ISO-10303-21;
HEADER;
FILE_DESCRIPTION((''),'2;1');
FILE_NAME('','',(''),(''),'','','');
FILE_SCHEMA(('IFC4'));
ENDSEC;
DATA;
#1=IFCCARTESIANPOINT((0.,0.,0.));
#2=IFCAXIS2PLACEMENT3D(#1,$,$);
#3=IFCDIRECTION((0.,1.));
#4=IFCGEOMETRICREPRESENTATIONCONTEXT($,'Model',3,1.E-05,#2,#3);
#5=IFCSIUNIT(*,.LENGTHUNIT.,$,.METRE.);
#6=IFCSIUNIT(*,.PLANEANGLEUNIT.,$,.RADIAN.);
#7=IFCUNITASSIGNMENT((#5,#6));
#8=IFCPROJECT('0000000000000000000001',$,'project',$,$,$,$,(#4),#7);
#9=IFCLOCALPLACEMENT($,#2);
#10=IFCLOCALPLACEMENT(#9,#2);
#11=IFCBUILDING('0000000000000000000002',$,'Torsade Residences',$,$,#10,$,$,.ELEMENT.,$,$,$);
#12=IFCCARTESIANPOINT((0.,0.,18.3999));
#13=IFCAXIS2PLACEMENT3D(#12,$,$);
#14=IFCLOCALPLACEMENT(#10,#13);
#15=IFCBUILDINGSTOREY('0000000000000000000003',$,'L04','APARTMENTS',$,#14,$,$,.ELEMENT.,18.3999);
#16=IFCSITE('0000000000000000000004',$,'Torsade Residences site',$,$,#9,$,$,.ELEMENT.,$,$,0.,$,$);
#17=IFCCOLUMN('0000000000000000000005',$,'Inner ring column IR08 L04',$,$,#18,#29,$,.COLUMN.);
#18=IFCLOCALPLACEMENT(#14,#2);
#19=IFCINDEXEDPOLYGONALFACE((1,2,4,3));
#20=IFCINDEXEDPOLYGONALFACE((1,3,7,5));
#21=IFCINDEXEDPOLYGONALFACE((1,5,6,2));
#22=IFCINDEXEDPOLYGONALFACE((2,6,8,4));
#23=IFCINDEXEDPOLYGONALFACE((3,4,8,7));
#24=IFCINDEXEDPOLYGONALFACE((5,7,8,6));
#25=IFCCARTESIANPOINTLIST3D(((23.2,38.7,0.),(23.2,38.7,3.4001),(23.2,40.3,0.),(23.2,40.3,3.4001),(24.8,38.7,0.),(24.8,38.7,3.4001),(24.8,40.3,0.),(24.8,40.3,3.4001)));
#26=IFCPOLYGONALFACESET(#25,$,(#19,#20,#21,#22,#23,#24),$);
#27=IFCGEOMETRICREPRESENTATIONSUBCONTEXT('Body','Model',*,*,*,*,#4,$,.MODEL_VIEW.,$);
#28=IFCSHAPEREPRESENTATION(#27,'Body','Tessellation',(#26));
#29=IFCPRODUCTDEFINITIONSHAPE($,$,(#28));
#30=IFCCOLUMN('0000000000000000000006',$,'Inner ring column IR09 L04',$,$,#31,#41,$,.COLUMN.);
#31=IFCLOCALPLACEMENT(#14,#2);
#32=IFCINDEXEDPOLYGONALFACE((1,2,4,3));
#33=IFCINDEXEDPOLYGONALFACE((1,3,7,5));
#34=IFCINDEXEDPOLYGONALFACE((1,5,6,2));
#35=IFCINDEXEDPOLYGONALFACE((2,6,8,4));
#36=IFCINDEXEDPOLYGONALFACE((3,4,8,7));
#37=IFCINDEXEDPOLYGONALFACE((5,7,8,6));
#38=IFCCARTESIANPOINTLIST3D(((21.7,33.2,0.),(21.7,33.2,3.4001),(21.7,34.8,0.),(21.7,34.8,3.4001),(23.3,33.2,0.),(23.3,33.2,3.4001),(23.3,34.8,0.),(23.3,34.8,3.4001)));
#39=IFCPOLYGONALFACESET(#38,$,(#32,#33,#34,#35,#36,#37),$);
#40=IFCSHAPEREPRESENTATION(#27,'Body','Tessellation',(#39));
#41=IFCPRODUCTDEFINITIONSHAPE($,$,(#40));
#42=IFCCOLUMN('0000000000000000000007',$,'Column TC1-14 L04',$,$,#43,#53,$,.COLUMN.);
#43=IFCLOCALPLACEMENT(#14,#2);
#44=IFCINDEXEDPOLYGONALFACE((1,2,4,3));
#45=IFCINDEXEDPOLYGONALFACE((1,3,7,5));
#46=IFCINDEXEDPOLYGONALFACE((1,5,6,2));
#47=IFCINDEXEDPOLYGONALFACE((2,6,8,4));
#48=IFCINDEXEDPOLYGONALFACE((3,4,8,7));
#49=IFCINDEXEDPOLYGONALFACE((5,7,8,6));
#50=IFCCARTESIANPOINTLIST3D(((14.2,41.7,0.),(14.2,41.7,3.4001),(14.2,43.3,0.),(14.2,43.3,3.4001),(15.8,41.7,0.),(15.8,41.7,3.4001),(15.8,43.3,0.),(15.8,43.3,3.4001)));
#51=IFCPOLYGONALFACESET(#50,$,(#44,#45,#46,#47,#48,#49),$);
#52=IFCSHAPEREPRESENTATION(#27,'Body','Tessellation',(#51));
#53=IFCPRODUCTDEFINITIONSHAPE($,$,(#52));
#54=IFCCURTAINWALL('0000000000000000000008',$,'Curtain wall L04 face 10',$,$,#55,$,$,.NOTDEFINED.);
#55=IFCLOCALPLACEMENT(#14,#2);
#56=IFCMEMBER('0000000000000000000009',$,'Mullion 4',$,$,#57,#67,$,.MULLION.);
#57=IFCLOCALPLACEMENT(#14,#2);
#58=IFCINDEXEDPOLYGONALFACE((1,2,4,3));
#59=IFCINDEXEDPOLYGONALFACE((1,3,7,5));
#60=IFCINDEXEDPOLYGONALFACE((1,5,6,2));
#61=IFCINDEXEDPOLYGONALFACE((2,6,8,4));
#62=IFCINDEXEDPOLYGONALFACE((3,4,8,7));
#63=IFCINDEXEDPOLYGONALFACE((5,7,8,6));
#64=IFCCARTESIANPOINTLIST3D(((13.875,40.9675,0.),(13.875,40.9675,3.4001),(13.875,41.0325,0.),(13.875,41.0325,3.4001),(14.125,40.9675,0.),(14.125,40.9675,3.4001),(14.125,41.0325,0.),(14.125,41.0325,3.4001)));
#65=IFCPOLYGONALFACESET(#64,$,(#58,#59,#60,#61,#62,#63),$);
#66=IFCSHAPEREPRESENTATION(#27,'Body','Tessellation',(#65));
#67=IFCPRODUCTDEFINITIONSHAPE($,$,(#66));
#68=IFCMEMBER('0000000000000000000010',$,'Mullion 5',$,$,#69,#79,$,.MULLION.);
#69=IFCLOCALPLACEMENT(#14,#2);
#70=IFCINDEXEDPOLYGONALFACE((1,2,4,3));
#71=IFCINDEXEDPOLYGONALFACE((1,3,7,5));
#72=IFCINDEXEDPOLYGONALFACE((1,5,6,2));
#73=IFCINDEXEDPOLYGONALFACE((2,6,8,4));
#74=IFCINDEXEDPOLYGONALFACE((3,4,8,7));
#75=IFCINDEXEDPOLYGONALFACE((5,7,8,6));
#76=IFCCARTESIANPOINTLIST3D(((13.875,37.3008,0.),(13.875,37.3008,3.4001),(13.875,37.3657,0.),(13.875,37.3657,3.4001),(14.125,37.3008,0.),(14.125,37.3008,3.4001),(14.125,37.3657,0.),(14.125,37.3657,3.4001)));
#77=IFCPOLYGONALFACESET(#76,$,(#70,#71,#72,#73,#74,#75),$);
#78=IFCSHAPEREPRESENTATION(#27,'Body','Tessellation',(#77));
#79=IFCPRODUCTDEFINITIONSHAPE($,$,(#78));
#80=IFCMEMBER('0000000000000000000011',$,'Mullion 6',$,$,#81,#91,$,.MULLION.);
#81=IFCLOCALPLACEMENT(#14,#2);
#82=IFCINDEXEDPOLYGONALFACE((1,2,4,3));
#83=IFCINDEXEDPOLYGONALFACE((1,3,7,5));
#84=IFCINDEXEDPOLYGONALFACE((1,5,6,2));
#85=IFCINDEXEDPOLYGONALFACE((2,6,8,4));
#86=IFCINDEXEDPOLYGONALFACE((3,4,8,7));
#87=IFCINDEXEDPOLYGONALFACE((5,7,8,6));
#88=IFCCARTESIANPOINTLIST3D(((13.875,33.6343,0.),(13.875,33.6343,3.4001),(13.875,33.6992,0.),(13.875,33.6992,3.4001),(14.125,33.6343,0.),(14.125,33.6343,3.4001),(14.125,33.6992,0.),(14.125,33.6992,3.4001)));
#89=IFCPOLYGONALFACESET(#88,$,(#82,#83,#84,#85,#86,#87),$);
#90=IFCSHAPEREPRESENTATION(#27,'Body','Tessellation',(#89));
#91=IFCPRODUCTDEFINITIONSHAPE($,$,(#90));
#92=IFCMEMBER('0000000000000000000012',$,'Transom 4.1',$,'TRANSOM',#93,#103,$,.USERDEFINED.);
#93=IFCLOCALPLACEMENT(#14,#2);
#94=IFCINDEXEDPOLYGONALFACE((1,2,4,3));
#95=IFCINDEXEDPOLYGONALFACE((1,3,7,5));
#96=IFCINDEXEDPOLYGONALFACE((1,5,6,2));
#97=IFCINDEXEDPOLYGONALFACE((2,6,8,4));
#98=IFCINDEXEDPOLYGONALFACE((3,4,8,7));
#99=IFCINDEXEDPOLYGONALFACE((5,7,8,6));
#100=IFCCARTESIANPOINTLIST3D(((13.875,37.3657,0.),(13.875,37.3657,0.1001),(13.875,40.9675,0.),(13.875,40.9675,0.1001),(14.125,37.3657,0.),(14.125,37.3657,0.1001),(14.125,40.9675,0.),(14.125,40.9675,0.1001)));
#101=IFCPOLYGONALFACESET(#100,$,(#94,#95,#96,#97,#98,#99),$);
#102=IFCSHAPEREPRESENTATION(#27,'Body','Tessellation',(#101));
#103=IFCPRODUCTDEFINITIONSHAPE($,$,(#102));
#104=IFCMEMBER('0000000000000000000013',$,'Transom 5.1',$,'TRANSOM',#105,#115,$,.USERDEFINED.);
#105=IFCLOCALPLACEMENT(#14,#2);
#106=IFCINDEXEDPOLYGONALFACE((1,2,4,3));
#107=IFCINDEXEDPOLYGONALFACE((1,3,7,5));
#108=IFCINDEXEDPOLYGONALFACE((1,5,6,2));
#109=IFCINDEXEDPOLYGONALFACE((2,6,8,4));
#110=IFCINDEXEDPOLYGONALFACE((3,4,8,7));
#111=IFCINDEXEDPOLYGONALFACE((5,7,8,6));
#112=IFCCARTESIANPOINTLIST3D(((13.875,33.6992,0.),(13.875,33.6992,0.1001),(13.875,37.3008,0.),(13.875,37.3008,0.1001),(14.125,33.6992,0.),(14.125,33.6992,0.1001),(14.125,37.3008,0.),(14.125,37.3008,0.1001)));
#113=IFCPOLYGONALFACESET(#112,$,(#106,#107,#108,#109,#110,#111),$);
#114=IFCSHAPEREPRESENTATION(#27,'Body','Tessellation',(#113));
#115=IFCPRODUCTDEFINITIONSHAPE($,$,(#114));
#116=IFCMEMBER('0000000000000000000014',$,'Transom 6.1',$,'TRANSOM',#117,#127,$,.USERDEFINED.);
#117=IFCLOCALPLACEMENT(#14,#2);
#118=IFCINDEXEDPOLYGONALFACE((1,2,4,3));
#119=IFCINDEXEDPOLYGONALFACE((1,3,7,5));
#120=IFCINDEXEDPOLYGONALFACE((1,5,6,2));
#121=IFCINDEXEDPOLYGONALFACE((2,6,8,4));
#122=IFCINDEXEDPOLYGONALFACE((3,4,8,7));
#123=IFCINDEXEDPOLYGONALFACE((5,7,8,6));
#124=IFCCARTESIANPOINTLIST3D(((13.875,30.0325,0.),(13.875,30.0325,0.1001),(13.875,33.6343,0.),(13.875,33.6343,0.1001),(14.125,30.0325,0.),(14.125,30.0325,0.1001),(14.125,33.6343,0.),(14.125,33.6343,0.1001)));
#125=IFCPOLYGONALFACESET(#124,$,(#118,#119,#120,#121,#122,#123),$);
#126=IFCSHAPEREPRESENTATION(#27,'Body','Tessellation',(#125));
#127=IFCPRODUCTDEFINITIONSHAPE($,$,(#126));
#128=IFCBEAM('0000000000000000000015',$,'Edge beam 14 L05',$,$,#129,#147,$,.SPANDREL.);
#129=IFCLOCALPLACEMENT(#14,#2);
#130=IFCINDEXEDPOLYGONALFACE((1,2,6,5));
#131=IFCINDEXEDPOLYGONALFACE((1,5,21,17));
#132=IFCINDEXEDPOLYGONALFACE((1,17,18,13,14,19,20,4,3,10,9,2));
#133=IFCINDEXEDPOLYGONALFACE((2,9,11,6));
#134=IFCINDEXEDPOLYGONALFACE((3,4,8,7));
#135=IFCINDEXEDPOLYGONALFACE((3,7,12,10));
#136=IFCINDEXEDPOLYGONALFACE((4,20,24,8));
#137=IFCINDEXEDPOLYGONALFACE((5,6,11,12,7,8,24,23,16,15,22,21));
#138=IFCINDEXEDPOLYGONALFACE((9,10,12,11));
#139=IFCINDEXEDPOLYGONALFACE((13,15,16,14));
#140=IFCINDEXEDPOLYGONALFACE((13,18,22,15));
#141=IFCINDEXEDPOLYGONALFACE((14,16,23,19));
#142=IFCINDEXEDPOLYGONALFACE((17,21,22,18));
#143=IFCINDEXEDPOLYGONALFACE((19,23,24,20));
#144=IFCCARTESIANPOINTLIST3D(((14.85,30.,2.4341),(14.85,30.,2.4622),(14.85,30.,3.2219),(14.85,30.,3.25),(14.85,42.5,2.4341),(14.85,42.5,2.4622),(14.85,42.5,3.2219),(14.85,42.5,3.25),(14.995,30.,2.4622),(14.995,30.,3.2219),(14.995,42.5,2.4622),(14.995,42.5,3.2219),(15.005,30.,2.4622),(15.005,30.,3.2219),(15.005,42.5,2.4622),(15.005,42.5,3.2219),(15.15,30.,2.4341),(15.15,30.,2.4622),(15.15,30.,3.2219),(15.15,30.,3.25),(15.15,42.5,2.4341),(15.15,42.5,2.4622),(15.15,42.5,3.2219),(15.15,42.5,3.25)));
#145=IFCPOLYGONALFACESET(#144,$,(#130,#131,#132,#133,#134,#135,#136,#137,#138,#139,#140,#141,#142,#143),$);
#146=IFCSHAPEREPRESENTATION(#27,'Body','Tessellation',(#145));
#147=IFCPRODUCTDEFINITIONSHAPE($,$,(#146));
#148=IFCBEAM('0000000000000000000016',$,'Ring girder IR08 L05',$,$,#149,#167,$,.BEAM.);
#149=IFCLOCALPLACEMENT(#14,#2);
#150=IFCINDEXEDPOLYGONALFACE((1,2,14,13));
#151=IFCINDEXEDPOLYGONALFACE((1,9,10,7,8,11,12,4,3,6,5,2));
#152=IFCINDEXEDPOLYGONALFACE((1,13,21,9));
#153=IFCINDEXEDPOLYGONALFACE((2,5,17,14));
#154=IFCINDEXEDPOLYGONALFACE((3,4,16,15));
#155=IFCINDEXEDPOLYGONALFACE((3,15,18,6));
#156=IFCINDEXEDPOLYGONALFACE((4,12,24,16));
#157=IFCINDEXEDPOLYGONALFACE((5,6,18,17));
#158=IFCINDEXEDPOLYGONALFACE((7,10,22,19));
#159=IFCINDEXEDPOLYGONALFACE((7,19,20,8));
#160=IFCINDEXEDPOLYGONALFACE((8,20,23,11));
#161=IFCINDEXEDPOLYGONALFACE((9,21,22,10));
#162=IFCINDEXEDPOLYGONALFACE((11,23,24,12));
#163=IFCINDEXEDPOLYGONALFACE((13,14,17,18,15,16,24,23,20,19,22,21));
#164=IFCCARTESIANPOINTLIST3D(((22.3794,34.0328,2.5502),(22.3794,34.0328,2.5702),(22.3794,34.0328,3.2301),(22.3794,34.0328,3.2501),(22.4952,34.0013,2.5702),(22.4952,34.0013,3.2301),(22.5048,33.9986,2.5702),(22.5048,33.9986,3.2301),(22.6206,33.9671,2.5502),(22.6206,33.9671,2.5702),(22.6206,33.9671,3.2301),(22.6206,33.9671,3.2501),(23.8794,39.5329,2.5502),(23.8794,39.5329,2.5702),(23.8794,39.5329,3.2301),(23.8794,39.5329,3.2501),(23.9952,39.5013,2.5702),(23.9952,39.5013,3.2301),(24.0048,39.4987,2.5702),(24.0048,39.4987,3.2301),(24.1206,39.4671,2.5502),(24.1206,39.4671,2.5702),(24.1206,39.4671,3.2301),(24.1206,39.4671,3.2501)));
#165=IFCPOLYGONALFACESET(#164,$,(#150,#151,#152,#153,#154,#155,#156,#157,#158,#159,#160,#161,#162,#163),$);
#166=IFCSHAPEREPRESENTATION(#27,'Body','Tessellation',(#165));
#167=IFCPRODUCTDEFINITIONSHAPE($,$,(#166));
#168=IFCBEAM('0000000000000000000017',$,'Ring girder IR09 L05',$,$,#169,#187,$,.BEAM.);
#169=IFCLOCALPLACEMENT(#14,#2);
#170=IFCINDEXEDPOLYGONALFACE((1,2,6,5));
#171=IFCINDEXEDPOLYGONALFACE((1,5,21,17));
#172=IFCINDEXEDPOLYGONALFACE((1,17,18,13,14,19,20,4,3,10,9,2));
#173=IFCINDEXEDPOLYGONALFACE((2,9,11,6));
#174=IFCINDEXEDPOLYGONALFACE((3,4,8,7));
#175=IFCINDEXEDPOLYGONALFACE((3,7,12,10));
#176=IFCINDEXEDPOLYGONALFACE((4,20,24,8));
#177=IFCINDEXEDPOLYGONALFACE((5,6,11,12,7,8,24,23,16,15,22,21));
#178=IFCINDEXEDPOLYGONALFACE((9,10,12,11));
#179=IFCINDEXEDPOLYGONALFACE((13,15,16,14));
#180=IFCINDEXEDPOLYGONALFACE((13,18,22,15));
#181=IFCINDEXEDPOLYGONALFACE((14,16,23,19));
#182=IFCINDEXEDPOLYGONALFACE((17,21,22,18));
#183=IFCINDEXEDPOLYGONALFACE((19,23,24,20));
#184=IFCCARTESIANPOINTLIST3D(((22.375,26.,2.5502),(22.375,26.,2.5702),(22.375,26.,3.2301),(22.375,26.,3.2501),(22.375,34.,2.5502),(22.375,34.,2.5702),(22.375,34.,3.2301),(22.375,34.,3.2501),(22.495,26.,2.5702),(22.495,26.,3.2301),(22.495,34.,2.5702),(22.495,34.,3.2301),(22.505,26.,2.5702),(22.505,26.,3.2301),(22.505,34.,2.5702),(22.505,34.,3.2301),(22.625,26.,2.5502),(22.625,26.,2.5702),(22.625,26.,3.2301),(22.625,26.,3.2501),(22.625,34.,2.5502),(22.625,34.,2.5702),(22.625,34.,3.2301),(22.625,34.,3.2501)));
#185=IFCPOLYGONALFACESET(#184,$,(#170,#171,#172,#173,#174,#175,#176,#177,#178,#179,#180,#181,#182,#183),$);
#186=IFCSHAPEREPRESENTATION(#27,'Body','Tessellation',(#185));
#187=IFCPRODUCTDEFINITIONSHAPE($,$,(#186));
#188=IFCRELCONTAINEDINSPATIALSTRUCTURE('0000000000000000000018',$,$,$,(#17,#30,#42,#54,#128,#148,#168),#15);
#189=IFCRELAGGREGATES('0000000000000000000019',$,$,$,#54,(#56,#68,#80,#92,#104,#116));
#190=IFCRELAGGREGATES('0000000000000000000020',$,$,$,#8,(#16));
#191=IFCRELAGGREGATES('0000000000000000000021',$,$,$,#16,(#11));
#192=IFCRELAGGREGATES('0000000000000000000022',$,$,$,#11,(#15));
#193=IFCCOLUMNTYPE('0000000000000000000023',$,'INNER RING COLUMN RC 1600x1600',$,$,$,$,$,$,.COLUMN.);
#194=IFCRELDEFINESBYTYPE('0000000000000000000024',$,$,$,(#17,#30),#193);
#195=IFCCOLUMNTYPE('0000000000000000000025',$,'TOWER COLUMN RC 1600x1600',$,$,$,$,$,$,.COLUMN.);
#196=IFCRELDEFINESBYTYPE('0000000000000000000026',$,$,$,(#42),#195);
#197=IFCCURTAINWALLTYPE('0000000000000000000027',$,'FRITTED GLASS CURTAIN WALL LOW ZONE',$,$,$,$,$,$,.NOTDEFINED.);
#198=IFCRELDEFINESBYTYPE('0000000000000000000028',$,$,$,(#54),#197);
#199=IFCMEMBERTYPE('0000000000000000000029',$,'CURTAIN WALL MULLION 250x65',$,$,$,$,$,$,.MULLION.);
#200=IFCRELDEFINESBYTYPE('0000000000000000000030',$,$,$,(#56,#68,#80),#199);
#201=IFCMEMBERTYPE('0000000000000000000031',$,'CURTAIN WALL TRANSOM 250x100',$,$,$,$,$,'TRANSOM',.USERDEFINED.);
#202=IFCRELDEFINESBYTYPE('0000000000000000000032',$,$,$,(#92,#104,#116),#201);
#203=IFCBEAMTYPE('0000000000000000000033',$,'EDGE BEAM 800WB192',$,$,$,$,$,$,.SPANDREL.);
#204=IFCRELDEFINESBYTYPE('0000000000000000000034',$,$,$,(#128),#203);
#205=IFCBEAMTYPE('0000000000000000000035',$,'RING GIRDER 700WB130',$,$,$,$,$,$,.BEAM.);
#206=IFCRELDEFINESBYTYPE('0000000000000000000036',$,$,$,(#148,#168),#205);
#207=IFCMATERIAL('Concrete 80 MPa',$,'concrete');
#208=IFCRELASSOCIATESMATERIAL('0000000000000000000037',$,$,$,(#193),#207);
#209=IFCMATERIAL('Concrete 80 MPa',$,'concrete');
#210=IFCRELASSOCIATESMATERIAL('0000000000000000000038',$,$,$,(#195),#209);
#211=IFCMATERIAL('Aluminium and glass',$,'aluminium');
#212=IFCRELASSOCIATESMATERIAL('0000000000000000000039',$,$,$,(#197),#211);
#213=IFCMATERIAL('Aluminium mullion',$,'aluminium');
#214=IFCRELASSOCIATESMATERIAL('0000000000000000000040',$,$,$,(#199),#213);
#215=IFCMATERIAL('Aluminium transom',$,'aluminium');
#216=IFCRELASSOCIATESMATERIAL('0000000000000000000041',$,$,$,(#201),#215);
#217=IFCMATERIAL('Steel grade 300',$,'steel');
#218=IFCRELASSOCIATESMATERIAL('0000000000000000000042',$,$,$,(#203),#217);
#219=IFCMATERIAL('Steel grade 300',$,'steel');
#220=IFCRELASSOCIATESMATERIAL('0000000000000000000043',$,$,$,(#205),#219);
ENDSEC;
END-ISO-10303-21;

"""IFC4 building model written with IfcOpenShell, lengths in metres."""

from ifc_helpers import new_model, si_unit, direction, frame, origin, origin_2d, place, context, subcontext, project, spatial, rectangle, i_section, extrude, material, material_profile, profile_set, type_object, element, aggregate, save


model = new_model("IFC4")

# Units and contexts
model_context = context("Model", 3, precision=1e-05, world=origin(), true_north=direction((0.0, 1.0)))
body_context = subcontext(model_context, "Body", "Model", "MODEL_VIEW")
ifc_project = project(units=[si_unit("LENGTHUNIT", "METRE"), si_unit("PLANEANGLEUNIT", "RADIAN")], contexts=[model_context])

# Site, building, storey
site_placement = place(None, origin())
site = spatial("IfcSite", under=ifc_project, at=site_placement, Name="Torsade Residences site", CompositionType="ELEMENT", RefElevation=0.0)
building_placement = place(site_placement, origin())
building = spatial("IfcBuilding", under=site, at=building_placement, Name="Torsade Residences", CompositionType="ELEMENT")
storey_placement = place(building_placement, frame((0.0, 0.0, 18.3999)))
storey = spatial("IfcBuildingStorey", under=building, at=storey_placement, Name="L04", Description="APARTMENTS", CompositionType="ELEMENT", Elevation=18.3999)

# Columns
ifc_material_1 = material(Name="Concrete 80 MPa", Category="concrete")
ifc_material_profile_1 = material_profile(ifc_material_1, rectangle(XDim=1.6001, YDim=1.6001, at=origin_2d()), Name="RC 1600x1600")
ifc_profile_set_1 = profile_set([ifc_material_profile_1], Name="Concrete 80 MPa")
column_type_1 = type_object("IfcColumnType", Name="INNER RING COLUMN RC 1600x1600", PredefinedType="COLUMN", material=ifc_profile_set_1)
for number, where, z_axis, x_axis, name in (
    (1, (24.0, 39.5, 0.0), (0.0, 0.0, 1.0), (1.0, 0.0, 0.0), "Inner ring column IR08 L04"),
    (2, (22.5, 34.0, 0.0), (0.0, 0.0, 1.0), (1.0, 0.0, 0.0), "Inner ring column IR09 L04"),
):
    element("IfcColumn", number, at=place(storey_placement, frame(where, z_axis=z_axis, x_axis=x_axis)), inside=storey, type_object=column_type_1, Name=name, PredefinedType="COLUMN", context=body_context, shape_type="SweptSolid", body=[
        extrude(rectangle(XDim=1.6001, YDim=1.6001, at=origin_2d()), origin(), (0.0, 0.0, 1.0), 3.4001),
    ])
ifc_material_2 = material(Name="Concrete 80 MPa", Category="concrete")
ifc_material_profile_2 = material_profile(ifc_material_2, rectangle(XDim=1.6001, YDim=1.6001, at=origin_2d()), Name="RC 1600x1600")
ifc_profile_set_2 = profile_set([ifc_material_profile_2], Name="Concrete 80 MPa")
column_type_2 = type_object("IfcColumnType", Name="TOWER COLUMN RC 1600x1600", PredefinedType="COLUMN", material=ifc_profile_set_2)
column_placement = place(storey_placement, frame((15.0, 42.5, 0.0), z_axis=(0.0, 0.0, 1.0), x_axis=(1.0, 0.0, 0.0)))
element("IfcColumn", 3, at=column_placement, inside=storey, type_object=column_type_2, Name="Column TC1-14 L04", PredefinedType="COLUMN", context=body_context, shape_type="SweptSolid", body=[
    extrude(rectangle(XDim=1.6001, YDim=1.6001, at=origin_2d()), origin(), (0.0, 0.0, 1.0), 3.4001),
])

# Curtain wall, members
ifc_material_3 = material(Name="Aluminium and glass", Category="aluminium")
curtain_wall_type = type_object("IfcCurtainWallType", Name="FRITTED GLASS CURTAIN WALL LOW ZONE", PredefinedType="NOTDEFINED", material=ifc_material_3)
curtain_wall_placement = place(storey_placement, origin())
curtain_wall = element("IfcCurtainWall", 4, at=curtain_wall_placement, inside=storey, type_object=curtain_wall_type, Name="Curtain wall L04 face 10", PredefinedType="NOTDEFINED")
ifc_material_4 = material(Name="Aluminium mullion", Category="aluminium")
ifc_material_profile_3 = material_profile(ifc_material_4, rectangle(XDim=0.25, YDim=0.0649, at=origin_2d()), Name="CURTAIN WALL MULLION 250x65")
ifc_profile_set_3 = profile_set([ifc_material_profile_3], Name="Aluminium mullion")
member_type_1 = type_object("IfcMemberType", Name="CURTAIN WALL MULLION 250x65", PredefinedType="MULLION", material=ifc_profile_set_3)
member_1_placement = place(storey_placement, frame((14.0, 41.0, 0.0), z_axis=(0.0, 0.0, 1.0), x_axis=(1.0, 0.0, 0.0)))
member_1 = element("IfcMember", 5, at=member_1_placement, type_object=member_type_1, Name="Mullion 4", PredefinedType="MULLION", context=body_context, shape_type="SweptSolid", body=[
    extrude(rectangle(XDim=0.25, YDim=0.0649, at=origin_2d()), origin(), (0.0, 0.0, 1.0), 3.4001),
])
member_2_placement = place(storey_placement, frame((14.0, 37.3333, 0.0), z_axis=(0.0, 0.0, 1.0), x_axis=(1.0, 0.0, 0.0)))
member_2 = element("IfcMember", 6, at=member_2_placement, type_object=member_type_1, Name="Mullion 5", PredefinedType="MULLION", context=body_context, shape_type="SweptSolid", body=[
    extrude(rectangle(XDim=0.25, YDim=0.0649, at=origin_2d()), origin(), (0.0, 0.0, 1.0), 3.4001),
])
member_3_placement = place(storey_placement, frame((14.0, 33.6667, 0.0), z_axis=(0.0, 0.0, 1.0), x_axis=(1.0, 0.0, 0.0)))
member_3 = element("IfcMember", 7, at=member_3_placement, type_object=member_type_1, Name="Mullion 6", PredefinedType="MULLION", context=body_context, shape_type="SweptSolid", body=[
    extrude(rectangle(XDim=0.25, YDim=0.0649, at=origin_2d()), origin(), (0.0, 0.0, 1.0), 3.4001),
])
ifc_material_5 = material(Name="Aluminium transom", Category="aluminium")
ifc_material_profile_4 = material_profile(ifc_material_5, rectangle(XDim=0.25, YDim=0.1001, at=origin_2d()), Name="CURTAIN WALL TRANSOM 250x100")
ifc_profile_set_4 = profile_set([ifc_material_profile_4], Name="Aluminium transom")
member_type_2 = type_object("IfcMemberType", Name="CURTAIN WALL TRANSOM 250x100", ElementType="TRANSOM", PredefinedType="USERDEFINED", material=ifc_profile_set_4)
member_4_placement = place(storey_placement, frame((14.0, 40.9675, 0.05), z_axis=(0.0, -1.0, 0.0), x_axis=(1.0, 0.0, 0.0)))
member_4 = element("IfcMember", 8, at=member_4_placement, type_object=member_type_2, Name="Transom 4.1", ObjectType="TRANSOM", PredefinedType="USERDEFINED", context=body_context, shape_type="SweptSolid", body=[
    extrude(rectangle(XDim=0.25, YDim=0.1001, at=origin_2d()), origin(), (0.0, 0.0, 1.0), 3.6018),
])
member_5_placement = place(storey_placement, frame((14.0, 37.3008, 0.05), z_axis=(0.0, -1.0, 0.0), x_axis=(1.0, 0.0, 0.0)))
member_5 = element("IfcMember", 9, at=member_5_placement, type_object=member_type_2, Name="Transom 5.1", ObjectType="TRANSOM", PredefinedType="USERDEFINED", context=body_context, shape_type="SweptSolid", body=[
    extrude(rectangle(XDim=0.25, YDim=0.1001, at=origin_2d()), origin(), (0.0, 0.0, 1.0), 3.6016),
])
member_6_placement = place(storey_placement, frame((14.0, 33.6343, 0.05), z_axis=(0.0, -1.0, 0.0), x_axis=(1.0, 0.0, 0.0)))
member_6 = element("IfcMember", 10, at=member_6_placement, type_object=member_type_2, Name="Transom 6.1", ObjectType="TRANSOM", PredefinedType="USERDEFINED", context=body_context, shape_type="SweptSolid", body=[
    extrude(rectangle(XDim=0.25, YDim=0.1001, at=origin_2d()), origin(), (0.0, 0.0, 1.0), 3.6018),
])

# Beams
ifc_material_6 = material(Name="Steel grade 300", Category="steel")
ifc_material_profile_5 = material_profile(ifc_material_6, i_section(OverallWidth=0.3, OverallDepth=0.8159, WebThickness=0.01, FlangeThickness=0.0281, at=origin_2d()), Name="800WB192")
ifc_profile_set_5 = profile_set([ifc_material_profile_5], Name="Steel grade 300")
beam_type_1 = type_object("IfcBeamType", Name="EDGE BEAM 800WB192", PredefinedType="SPANDREL", material=ifc_profile_set_5)
beam_1_placement = place(storey_placement, frame((15.0, 42.5, 2.842), z_axis=(0.0, -1.0, 0.0), x_axis=(1.0, 0.0, 0.0)))
element("IfcBeam", 11, at=beam_1_placement, inside=storey, type_object=beam_type_1, Name="Edge beam 14 L05", PredefinedType="SPANDREL", context=body_context, shape_type="SweptSolid", body=[
    extrude(i_section(OverallWidth=0.3, OverallDepth=0.8159, WebThickness=0.01, FlangeThickness=0.0281, at=origin_2d()), origin(), (0.0, 0.0, 1.0), 12.5),
])
ifc_material_7 = material(Name="Steel grade 300", Category="steel")
ifc_material_profile_6 = material_profile(ifc_material_7, i_section(OverallWidth=0.25, OverallDepth=0.7, WebThickness=0.01, FlangeThickness=0.02, at=origin_2d()), Name="700WB130")
ifc_profile_set_6 = profile_set([ifc_material_profile_6], Name="Steel grade 300")
beam_type_2 = type_object("IfcBeamType", Name="RING GIRDER 700WB130", PredefinedType="BEAM", material=ifc_profile_set_6)
beam_2_placement = place(storey_placement, frame((24.0, 39.5, 2.9001), z_axis=(-0.263117, -0.964764, 0.0), x_axis=(0.964764, -0.263117, 0.0)))
element("IfcBeam", 12, at=beam_2_placement, inside=storey, type_object=beam_type_2, Name="Ring girder IR08 L05", PredefinedType="BEAM", context=body_context, shape_type="SweptSolid", body=[
    extrude(i_section(OverallWidth=0.25, OverallDepth=0.7, WebThickness=0.01, FlangeThickness=0.02, at=origin_2d()), origin(), (0.0, 0.0, 1.0), 5.7009),
])
beam_3_placement = place(storey_placement, frame((22.5, 34.0, 2.9001), z_axis=(0.0, -1.0, 0.0), x_axis=(1.0, 0.0, 0.0)))
element("IfcBeam", 13, at=beam_3_placement, inside=storey, type_object=beam_type_2, Name="Ring girder IR09 L05", PredefinedType="BEAM", context=body_context, shape_type="SweptSolid", body=[
    extrude(i_section(OverallWidth=0.25, OverallDepth=0.7, WebThickness=0.01, FlangeThickness=0.02, at=origin_2d()), origin(), (0.0, 0.0, 1.0), 8.0),
])

aggregate(curtain_wall, [member_1, member_2, member_3, member_4, member_5, member_6])

save(model, "model.ifc")
